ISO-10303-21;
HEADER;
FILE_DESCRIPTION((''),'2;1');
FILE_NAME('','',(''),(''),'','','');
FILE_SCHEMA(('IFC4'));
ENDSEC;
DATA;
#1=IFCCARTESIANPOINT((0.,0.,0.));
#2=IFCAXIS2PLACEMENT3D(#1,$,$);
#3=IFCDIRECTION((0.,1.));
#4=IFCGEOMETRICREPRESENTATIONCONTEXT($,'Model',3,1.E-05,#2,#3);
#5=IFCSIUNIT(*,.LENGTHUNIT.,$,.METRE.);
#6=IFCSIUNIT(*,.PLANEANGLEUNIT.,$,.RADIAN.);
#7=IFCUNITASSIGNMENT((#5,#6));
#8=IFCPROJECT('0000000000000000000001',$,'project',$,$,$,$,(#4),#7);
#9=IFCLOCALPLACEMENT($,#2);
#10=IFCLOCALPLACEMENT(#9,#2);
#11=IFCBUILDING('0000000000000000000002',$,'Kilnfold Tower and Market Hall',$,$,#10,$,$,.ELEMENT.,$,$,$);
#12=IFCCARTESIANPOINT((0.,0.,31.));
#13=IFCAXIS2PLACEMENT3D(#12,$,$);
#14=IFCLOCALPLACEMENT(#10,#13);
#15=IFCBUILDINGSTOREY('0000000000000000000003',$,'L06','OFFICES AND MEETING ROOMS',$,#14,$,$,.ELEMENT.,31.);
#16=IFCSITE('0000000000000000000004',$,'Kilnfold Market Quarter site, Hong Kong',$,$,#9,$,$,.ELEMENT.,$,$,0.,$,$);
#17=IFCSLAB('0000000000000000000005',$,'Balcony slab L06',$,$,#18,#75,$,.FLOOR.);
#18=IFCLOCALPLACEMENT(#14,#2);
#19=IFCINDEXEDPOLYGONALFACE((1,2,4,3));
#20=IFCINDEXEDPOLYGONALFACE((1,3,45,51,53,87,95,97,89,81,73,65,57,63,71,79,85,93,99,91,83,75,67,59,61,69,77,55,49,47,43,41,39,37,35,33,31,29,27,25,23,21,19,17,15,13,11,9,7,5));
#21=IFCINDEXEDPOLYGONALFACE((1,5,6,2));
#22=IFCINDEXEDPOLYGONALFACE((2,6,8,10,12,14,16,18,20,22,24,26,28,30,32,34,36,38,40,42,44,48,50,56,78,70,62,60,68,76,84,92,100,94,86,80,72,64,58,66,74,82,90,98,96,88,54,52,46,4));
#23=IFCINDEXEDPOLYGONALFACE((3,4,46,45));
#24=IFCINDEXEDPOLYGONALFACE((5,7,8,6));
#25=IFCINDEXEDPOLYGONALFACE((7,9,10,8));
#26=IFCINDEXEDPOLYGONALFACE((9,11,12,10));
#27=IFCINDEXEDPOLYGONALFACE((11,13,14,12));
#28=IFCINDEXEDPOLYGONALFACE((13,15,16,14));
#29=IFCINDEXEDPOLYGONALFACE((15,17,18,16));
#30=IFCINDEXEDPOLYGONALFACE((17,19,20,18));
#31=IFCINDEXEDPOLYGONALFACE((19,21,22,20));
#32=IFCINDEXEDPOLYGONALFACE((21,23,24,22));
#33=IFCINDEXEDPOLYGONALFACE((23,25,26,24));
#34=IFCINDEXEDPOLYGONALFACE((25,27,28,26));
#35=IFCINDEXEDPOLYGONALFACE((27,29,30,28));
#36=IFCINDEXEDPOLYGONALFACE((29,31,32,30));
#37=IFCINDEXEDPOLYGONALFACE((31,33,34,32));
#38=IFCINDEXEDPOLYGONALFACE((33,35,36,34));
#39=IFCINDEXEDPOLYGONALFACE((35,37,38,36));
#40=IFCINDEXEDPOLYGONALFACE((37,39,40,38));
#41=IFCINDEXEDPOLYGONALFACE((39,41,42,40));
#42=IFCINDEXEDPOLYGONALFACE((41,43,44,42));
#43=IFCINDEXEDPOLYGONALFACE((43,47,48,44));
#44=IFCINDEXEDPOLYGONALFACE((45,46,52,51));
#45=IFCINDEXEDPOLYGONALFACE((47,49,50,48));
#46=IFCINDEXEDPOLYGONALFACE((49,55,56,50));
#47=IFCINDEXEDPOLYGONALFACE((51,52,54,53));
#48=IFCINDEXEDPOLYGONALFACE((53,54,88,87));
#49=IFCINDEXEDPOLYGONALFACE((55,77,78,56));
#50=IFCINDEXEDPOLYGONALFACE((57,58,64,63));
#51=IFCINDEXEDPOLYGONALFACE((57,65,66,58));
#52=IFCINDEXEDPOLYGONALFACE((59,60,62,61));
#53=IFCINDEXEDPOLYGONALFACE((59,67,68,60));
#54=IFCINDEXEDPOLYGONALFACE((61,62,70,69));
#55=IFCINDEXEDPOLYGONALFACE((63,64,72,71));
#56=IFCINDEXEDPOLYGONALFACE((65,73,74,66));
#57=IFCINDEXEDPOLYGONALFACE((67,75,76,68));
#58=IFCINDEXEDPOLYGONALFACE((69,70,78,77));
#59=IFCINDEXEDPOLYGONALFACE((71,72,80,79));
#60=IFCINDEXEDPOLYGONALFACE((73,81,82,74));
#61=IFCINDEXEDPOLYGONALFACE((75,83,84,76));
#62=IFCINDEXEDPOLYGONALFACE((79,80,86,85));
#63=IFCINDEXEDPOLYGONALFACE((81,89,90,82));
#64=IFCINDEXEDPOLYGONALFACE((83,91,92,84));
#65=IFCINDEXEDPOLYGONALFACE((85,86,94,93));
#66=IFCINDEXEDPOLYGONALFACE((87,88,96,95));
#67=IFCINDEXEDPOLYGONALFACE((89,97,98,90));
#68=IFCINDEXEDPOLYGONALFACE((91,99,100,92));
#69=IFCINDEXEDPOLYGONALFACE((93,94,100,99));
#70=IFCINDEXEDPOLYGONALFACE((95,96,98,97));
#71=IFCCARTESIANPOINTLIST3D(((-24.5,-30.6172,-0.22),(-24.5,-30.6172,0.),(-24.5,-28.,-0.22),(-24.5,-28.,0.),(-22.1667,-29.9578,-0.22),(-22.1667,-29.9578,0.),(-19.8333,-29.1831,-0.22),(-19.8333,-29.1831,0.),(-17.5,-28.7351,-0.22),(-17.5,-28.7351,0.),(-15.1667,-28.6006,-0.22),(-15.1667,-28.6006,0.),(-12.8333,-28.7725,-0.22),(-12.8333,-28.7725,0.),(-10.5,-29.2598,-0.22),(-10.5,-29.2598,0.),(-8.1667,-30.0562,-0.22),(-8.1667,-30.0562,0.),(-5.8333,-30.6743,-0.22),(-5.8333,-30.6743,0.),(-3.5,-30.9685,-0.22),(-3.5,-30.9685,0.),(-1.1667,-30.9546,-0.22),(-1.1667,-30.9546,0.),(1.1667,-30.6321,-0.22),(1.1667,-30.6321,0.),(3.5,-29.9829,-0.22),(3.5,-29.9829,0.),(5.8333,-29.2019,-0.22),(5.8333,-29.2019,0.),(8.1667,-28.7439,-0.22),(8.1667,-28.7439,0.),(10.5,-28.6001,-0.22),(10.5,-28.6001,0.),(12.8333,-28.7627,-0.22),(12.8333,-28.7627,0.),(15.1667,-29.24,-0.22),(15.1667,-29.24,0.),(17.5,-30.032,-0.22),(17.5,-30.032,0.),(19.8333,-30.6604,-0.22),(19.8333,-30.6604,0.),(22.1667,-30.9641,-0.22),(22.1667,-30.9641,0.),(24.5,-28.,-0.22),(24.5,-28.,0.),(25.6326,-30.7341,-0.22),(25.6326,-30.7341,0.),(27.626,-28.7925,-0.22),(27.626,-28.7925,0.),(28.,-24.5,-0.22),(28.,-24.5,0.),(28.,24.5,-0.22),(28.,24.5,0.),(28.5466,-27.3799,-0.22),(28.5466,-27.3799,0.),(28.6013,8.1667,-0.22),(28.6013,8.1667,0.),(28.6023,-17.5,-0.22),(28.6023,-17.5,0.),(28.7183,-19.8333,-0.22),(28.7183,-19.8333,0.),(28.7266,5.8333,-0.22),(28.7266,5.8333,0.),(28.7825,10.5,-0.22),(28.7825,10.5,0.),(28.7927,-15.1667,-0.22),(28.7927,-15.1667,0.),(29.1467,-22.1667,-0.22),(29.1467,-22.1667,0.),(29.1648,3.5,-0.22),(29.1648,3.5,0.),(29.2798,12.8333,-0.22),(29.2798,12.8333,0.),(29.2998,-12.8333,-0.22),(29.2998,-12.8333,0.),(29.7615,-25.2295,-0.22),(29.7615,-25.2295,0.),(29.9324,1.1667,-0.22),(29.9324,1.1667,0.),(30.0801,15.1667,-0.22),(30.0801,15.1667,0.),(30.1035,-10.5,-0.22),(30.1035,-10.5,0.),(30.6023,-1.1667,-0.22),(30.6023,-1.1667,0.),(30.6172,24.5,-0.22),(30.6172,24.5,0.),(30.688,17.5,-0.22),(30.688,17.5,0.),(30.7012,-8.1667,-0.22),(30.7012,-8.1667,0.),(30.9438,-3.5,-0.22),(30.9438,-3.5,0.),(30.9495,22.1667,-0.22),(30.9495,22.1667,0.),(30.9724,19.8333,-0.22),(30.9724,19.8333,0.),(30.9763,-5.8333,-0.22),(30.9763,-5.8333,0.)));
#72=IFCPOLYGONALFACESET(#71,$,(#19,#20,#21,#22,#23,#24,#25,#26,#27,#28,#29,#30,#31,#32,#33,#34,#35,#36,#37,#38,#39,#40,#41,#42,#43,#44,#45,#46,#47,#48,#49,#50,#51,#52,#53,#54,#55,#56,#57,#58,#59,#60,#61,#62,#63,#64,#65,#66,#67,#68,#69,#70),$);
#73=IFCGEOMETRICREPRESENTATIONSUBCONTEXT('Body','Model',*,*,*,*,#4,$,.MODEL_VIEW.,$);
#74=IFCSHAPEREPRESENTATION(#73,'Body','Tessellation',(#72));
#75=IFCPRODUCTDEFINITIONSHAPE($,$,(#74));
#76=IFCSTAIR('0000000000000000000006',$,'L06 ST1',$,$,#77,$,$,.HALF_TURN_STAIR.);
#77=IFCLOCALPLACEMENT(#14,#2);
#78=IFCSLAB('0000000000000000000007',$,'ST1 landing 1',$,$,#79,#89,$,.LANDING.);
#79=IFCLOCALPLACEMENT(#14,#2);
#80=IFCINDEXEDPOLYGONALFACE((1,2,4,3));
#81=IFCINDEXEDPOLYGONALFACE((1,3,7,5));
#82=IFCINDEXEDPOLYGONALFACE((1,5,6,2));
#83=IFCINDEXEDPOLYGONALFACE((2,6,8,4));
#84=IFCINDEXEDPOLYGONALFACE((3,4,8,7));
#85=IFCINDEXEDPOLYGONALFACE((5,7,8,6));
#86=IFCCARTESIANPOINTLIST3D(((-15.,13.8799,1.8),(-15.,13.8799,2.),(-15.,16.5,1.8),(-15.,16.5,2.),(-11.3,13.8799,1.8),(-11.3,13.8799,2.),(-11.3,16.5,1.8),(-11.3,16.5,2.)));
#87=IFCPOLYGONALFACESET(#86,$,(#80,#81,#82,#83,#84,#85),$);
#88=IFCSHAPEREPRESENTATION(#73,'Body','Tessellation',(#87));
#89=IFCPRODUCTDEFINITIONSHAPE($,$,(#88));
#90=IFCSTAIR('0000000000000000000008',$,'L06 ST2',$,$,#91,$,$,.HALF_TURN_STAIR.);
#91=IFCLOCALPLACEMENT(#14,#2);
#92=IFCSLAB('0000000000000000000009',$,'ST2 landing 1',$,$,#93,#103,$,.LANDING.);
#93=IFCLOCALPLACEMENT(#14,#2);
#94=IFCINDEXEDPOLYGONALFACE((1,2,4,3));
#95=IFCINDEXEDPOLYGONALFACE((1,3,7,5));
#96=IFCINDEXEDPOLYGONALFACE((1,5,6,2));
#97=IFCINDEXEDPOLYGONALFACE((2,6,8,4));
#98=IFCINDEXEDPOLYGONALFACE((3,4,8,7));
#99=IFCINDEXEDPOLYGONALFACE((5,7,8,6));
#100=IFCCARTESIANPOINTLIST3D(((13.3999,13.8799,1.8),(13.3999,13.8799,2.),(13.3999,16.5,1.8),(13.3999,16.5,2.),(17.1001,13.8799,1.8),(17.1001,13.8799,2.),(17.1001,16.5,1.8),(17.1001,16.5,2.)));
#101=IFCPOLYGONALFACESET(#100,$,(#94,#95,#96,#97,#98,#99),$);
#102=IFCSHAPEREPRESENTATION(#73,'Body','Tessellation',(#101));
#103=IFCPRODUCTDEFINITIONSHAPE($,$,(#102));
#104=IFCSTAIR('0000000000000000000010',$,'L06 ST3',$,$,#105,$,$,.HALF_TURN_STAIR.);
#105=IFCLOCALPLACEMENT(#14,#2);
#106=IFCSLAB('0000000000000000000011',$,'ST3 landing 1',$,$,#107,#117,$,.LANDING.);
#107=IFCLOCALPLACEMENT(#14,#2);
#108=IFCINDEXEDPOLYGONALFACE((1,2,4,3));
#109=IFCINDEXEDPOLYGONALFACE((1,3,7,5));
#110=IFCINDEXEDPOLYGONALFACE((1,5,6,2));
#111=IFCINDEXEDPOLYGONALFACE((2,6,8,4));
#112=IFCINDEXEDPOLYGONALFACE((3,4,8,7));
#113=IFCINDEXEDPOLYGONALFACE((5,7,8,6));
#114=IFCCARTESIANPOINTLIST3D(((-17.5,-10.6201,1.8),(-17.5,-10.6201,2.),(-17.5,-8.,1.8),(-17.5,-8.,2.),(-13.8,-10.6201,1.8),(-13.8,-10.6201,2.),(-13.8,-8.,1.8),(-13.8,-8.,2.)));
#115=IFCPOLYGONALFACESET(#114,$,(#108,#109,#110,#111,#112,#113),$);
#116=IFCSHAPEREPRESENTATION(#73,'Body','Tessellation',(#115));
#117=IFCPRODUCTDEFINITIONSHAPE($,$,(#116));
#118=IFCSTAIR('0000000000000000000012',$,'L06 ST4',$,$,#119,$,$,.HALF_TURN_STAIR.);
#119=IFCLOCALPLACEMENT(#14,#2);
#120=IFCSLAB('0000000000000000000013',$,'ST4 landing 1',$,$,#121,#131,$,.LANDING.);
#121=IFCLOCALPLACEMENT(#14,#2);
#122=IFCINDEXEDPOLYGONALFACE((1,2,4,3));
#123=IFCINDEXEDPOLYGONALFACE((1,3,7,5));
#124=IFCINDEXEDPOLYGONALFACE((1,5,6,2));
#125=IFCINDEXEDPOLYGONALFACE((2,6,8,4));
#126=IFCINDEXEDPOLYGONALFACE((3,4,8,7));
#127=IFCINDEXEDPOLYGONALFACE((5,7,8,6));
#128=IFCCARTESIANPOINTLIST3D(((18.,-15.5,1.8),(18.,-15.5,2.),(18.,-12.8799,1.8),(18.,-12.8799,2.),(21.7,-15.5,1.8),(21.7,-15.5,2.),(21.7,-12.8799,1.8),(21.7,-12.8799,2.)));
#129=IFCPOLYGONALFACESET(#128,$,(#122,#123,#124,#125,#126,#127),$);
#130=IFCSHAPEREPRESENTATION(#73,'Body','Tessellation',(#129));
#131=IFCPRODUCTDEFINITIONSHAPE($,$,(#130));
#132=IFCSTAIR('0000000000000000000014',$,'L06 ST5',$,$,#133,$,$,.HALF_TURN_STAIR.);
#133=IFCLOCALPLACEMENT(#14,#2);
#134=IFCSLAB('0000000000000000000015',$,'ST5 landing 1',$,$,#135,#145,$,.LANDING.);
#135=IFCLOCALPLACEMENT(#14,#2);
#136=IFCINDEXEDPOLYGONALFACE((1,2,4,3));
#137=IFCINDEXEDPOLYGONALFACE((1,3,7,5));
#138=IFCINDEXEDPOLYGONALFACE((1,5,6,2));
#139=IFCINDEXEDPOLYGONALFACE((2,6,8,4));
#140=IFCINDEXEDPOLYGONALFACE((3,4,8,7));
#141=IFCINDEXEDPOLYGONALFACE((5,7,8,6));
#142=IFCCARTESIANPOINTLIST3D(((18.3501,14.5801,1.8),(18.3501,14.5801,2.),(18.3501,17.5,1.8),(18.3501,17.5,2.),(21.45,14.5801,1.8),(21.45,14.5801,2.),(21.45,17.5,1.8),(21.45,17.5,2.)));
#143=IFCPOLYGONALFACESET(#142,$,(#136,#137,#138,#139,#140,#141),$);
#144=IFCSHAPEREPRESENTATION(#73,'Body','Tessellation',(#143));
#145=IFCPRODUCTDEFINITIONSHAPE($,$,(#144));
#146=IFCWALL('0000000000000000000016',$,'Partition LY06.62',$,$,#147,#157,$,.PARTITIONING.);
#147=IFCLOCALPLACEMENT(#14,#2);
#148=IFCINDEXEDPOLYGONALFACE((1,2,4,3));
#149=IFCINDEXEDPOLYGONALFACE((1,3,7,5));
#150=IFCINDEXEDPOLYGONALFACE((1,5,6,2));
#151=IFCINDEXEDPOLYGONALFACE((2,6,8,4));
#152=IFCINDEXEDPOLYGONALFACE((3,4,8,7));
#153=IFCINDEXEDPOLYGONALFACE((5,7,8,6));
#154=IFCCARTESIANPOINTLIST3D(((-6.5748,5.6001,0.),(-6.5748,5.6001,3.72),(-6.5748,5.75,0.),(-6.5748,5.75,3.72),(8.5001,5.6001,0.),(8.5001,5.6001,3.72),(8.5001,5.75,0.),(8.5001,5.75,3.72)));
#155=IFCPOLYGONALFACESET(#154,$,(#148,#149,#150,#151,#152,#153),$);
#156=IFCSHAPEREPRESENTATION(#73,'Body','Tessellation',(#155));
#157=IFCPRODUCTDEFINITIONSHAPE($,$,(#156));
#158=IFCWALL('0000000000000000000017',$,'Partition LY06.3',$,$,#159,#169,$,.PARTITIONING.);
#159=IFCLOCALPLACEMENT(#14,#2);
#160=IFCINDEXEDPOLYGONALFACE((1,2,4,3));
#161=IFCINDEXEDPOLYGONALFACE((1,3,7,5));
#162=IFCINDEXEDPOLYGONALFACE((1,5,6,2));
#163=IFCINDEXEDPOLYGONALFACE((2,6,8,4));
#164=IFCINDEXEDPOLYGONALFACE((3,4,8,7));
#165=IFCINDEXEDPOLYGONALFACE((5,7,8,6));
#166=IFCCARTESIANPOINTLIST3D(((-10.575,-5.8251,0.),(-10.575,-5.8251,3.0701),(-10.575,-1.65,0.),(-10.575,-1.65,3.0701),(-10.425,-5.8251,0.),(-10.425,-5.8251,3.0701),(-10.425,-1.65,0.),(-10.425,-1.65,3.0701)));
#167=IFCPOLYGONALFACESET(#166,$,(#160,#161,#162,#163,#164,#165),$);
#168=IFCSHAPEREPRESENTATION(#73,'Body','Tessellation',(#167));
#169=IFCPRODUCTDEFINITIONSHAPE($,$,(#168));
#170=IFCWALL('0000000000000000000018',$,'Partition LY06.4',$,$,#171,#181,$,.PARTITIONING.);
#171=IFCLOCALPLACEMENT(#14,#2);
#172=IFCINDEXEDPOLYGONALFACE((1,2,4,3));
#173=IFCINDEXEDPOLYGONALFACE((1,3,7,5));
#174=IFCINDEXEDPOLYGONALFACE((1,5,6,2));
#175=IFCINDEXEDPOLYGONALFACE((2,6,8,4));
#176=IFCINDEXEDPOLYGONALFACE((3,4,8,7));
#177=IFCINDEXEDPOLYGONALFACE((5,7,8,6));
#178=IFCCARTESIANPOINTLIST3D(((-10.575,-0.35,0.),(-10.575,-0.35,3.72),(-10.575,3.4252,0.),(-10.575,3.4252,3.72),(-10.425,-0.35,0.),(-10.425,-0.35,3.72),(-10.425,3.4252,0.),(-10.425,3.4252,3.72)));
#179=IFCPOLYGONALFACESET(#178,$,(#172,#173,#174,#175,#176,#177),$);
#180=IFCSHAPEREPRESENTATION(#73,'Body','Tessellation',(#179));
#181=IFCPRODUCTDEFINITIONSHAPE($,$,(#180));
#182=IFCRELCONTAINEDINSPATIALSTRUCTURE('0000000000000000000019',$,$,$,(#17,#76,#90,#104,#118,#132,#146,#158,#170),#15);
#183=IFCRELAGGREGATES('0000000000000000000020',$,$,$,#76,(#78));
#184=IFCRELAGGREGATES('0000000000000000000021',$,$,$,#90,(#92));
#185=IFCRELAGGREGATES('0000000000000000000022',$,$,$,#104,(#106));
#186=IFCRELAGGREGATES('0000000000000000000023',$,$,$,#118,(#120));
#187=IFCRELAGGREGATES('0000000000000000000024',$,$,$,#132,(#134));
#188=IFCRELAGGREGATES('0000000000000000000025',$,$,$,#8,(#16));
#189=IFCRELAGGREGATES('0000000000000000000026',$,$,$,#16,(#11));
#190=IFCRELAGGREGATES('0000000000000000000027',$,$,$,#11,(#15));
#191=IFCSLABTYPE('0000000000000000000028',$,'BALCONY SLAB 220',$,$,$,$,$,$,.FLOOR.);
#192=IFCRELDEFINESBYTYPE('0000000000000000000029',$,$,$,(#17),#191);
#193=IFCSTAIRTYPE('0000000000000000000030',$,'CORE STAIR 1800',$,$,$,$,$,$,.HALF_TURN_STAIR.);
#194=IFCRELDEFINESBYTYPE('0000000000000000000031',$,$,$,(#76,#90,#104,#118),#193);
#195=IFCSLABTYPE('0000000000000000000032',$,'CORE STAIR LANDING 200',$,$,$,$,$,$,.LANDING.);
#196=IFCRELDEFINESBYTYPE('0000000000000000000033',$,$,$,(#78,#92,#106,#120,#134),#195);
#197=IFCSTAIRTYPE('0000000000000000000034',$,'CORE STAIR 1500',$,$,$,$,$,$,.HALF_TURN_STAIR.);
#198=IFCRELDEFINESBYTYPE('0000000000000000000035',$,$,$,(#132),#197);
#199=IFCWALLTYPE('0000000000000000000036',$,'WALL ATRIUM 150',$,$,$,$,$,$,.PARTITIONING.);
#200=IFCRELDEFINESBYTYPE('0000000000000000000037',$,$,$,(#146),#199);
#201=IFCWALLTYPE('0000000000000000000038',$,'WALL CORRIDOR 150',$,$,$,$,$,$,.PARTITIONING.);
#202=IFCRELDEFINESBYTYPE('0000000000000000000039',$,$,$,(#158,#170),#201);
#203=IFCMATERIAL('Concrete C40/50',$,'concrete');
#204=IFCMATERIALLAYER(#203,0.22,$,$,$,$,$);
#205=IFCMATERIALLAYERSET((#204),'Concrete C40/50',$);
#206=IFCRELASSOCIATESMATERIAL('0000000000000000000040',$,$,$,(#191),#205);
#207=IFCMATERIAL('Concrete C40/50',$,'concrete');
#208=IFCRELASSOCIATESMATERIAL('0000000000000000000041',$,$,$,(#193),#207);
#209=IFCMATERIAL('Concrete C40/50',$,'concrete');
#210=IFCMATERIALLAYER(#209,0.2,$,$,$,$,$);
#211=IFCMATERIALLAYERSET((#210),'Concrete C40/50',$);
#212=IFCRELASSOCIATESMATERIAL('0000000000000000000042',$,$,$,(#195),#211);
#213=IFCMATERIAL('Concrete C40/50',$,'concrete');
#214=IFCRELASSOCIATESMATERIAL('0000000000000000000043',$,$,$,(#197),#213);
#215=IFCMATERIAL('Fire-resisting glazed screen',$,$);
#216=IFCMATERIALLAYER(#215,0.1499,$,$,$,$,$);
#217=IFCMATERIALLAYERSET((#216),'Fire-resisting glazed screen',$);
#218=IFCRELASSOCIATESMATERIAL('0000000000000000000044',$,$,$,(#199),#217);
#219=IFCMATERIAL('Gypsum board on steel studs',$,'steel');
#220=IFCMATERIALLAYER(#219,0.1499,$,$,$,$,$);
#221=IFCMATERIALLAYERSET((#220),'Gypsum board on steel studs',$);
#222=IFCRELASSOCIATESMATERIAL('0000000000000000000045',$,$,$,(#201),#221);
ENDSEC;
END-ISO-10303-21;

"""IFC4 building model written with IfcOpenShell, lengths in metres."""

from ifc_helpers import new_model, si_unit, direction, frame, frame_2d, origin, place, context, subcontext, project, spatial, polyline, rectangle, outline, extrude, source, transform, mapped, material, layer, layer_set, type_object, element, aggregate, save


model = new_model("IFC4")

# Units and contexts
model_context = context("Model", 3, precision=1e-05, world=origin(), true_north=direction((0.0, 1.0)))
body_context = subcontext(model_context, "Body", "Model", "MODEL_VIEW")
ifc_project = project(units=[si_unit("LENGTHUNIT", "METRE"), si_unit("PLANEANGLEUNIT", "RADIAN")], contexts=[model_context])

# Site, building, storey
site_placement = place(None, origin())
site = spatial("IfcSite", under=ifc_project, at=site_placement, Name="Kilnfold Market Quarter site, Hong Kong", CompositionType="ELEMENT", RefElevation=0.0)
building_placement = place(site_placement, origin())
building = spatial("IfcBuilding", under=site, at=building_placement, Name="Kilnfold Tower and Market Hall", CompositionType="ELEMENT")
storey_placement = place(building_placement, frame((0.0, 0.0, 31.0)))
storey = spatial("IfcBuildingStorey", under=building, at=storey_placement, Name="L06", Description="OFFICES AND MEETING ROOMS", CompositionType="ELEMENT", Elevation=31.0)

# Slab
ifc_material_1 = material(Name="Concrete C40/50", Category="concrete")
ifc_layer_1 = layer(ifc_material_1, 0.22)
ifc_layer_set_1 = layer_set([ifc_layer_1], Name="Concrete C40/50")
slab_type_1 = type_object("IfcSlabType", Name="BALCONY SLAB 220", PredefinedType="FLOOR", material=ifc_layer_set_1)
shared_shape_1 = source(origin(), body_context, "Body", "SweptSolid", [
    extrude(outline(polyline([(-24.5, -28.0), (24.5, -28.0), (28.0, -24.5), (28.0, 24.5), (30.6172, 24.5), (30.9495, 22.1667), (30.9724, 19.8333), (30.688, 17.5), (30.0801, 15.1667), (29.2798, 12.8333), (28.7825, 10.5), (28.6013, 8.1667), (28.7266, 5.8333), (29.1648, 3.5), (29.9324, 1.1667), (30.6023, -1.1667), (30.9438, -3.5), (30.9763, -5.8333), (30.7012, -8.1667), (30.1035, -10.5), (29.2998, -12.8333), (28.7927, -15.1667), (28.6023, -17.5), (28.7183, -19.8333), (29.1467, -22.1667), (29.7615, -25.2295), (28.5466, -27.3799), (27.626, -28.7925), (25.6326, -30.7341), (22.1667, -30.9641), (19.8333, -30.6604), (17.5, -30.032), (15.1667, -29.24), (12.8333, -28.7627), (10.5, -28.6001), (8.1667, -28.7439), (5.8333, -29.2019), (3.5, -29.9829), (1.1667, -30.6321), (-1.1667, -30.9546), (-3.5, -30.9685), (-5.8333, -30.6743), (-8.1667, -30.0562), (-10.5, -29.2598), (-12.8333, -28.7725), (-15.1667, -28.6006), (-17.5, -28.7351), (-19.8333, -29.1831), (-22.1667, -29.9578), (-24.5, -30.6172), (-24.5, -28.0)])), origin(), (0.0, 0.0, 1.0), 0.22),
])
slab_1_placement = place(storey_placement, frame((0.0, 0.0, -0.22)))
element("IfcSlab", 1, at=slab_1_placement, inside=storey, type_object=slab_type_1, Name="Balcony slab L06", PredefinedType="FLOOR", context=body_context, shape_type="MappedRepresentation", body=[
    mapped(shared_shape_1, transform((0.0, 0.0, 0.0))),
])

# Stairs, slabs
ifc_material_2 = material(Name="Concrete C40/50", Category="concrete")
stair_type_1 = type_object("IfcStairType", Name="CORE STAIR 1800", PredefinedType="HALF_TURN_STAIR", material=ifc_material_2)
stair_1_placement = place(storey_placement, origin())
stair_1 = element("IfcStair", 2, at=stair_1_placement, inside=storey, type_object=stair_type_1, Name="L06 ST1", PredefinedType="HALF_TURN_STAIR")
ifc_material_3 = material(Name="Concrete C40/50", Category="concrete")
ifc_layer_2 = layer(ifc_material_3, 0.2)
ifc_layer_set_2 = layer_set([ifc_layer_2], Name="Concrete C40/50")
slab_type_2 = type_object("IfcSlabType", Name="CORE STAIR LANDING 200", PredefinedType="LANDING", material=ifc_layer_set_2)
shared_shape_2 = source(origin(), body_context, "Body", "SweptSolid", [
    extrude(outline(polyline([(-11.3, 13.8799), (-11.3, 16.5), (-15.0, 16.5), (-15.0, 13.8799), (-11.3, 13.8799)])), origin(), (0.0, 0.0, 1.0), 0.2),
])
slab_2_placement = place(storey_placement, frame((0.0, 0.0, 1.8)))
slab_2 = element("IfcSlab", 3, at=slab_2_placement, type_object=slab_type_2, Name="ST1 landing 1", PredefinedType="LANDING", context=body_context, shape_type="MappedRepresentation", body=[
    mapped(shared_shape_2, transform((0.0, 0.0, 0.0))),
])
aggregate(stair_1, [slab_2])
stair_2_placement = place(storey_placement, origin())
stair_2 = element("IfcStair", 4, at=stair_2_placement, inside=storey, type_object=stair_type_1, Name="L06 ST2", PredefinedType="HALF_TURN_STAIR")
shared_shape_3 = source(origin(), body_context, "Body", "SweptSolid", [
    extrude(outline(polyline([(17.1001, 13.8799), (17.1001, 16.5), (13.3999, 16.5), (13.3999, 13.8799), (17.1001, 13.8799)])), origin(), (0.0, 0.0, 1.0), 0.2),
])
slab_3_placement = place(storey_placement, frame((0.0, 0.0, 1.8)))
slab_3 = element("IfcSlab", 5, at=slab_3_placement, type_object=slab_type_2, Name="ST2 landing 1", PredefinedType="LANDING", context=body_context, shape_type="MappedRepresentation", body=[
    mapped(shared_shape_3, transform((0.0, 0.0, 0.0))),
])
aggregate(stair_2, [slab_3])
stair_3_placement = place(storey_placement, origin())
stair_3 = element("IfcStair", 6, at=stair_3_placement, inside=storey, type_object=stair_type_1, Name="L06 ST3", PredefinedType="HALF_TURN_STAIR")
shared_shape_4 = source(origin(), body_context, "Body", "SweptSolid", [
    extrude(outline(polyline([(-13.8, -10.6201), (-13.8, -8.0), (-17.5, -8.0), (-17.5, -10.6201), (-13.8, -10.6201)])), origin(), (0.0, 0.0, 1.0), 0.2),
])
slab_4_placement = place(storey_placement, frame((0.0, 0.0, 1.8)))
slab_4 = element("IfcSlab", 7, at=slab_4_placement, type_object=slab_type_2, Name="ST3 landing 1", PredefinedType="LANDING", context=body_context, shape_type="MappedRepresentation", body=[
    mapped(shared_shape_4, transform((0.0, 0.0, 0.0))),
])
aggregate(stair_3, [slab_4])
stair_4_placement = place(storey_placement, origin())
stair_4 = element("IfcStair", 8, at=stair_4_placement, inside=storey, type_object=stair_type_1, Name="L06 ST4", PredefinedType="HALF_TURN_STAIR")
shared_shape_5 = source(origin(), body_context, "Body", "SweptSolid", [
    extrude(outline(polyline([(18.0, -12.8799), (18.0, -15.5), (21.7, -15.5), (21.7, -12.8799), (18.0, -12.8799)])), origin(), (0.0, 0.0, 1.0), 0.2),
])
slab_5_placement = place(storey_placement, frame((0.0, 0.0, 1.8)))
slab_5 = element("IfcSlab", 9, at=slab_5_placement, type_object=slab_type_2, Name="ST4 landing 1", PredefinedType="LANDING", context=body_context, shape_type="MappedRepresentation", body=[
    mapped(shared_shape_5, transform((0.0, 0.0, 0.0))),
])
aggregate(stair_4, [slab_5])
ifc_material_4 = material(Name="Concrete C40/50", Category="concrete")
stair_type_2 = type_object("IfcStairType", Name="CORE STAIR 1500", PredefinedType="HALF_TURN_STAIR", material=ifc_material_4)
stair_5_placement = place(storey_placement, origin())
stair_5 = element("IfcStair", 10, at=stair_5_placement, inside=storey, type_object=stair_type_2, Name="L06 ST5", PredefinedType="HALF_TURN_STAIR")
shared_shape_6 = source(origin(), body_context, "Body", "SweptSolid", [
    extrude(outline(polyline([(21.45, 14.5801), (21.45, 17.5), (18.3501, 17.5), (18.3501, 14.5801), (21.45, 14.5801)])), origin(), (0.0, 0.0, 1.0), 0.2),
])
slab_6_placement = place(storey_placement, frame((0.0, 0.0, 1.8)))
slab_6 = element("IfcSlab", 11, at=slab_6_placement, type_object=slab_type_2, Name="ST5 landing 1", PredefinedType="LANDING", context=body_context, shape_type="MappedRepresentation", body=[
    mapped(shared_shape_6, transform((0.0, 0.0, 0.0))),
])
aggregate(stair_5, [slab_6])

# Walls
ifc_material_5 = material(Name="Fire-resisting glazed screen")
ifc_layer_3 = layer(ifc_material_5, 0.1499)
ifc_layer_set_3 = layer_set([ifc_layer_3], Name="Fire-resisting glazed screen")
wall_type_1 = type_object("IfcWallType", Name="WALL ATRIUM 150", PredefinedType="PARTITIONING", material=ifc_layer_set_3)
wall_1_placement = place(storey_placement, frame((-6.575, 5.675, 0.0), z_axis=(0.0, 0.0, 1.0), x_axis=(1.0, 0.0, 0.0)))
element("IfcWall", 12, at=wall_1_placement, inside=storey, type_object=wall_type_1, Name="Partition LY06.62", PredefinedType="PARTITIONING", context=body_context, shape_type="SweptSolid", body=[
    extrude(rectangle(XDim=15.075, YDim=0.1499, at=frame_2d((7.5376, 0.0))), origin(), (0.0, 0.0, 1.0), 3.72),
])
ifc_material_6 = material(Name="Gypsum board on steel studs", Category="steel")
ifc_layer_4 = layer(ifc_material_6, 0.1499)
ifc_layer_set_4 = layer_set([ifc_layer_4], Name="Gypsum board on steel studs")
wall_type_2 = type_object("IfcWallType", Name="WALL CORRIDOR 150", PredefinedType="PARTITIONING", material=ifc_layer_set_4)
wall_2_placement = place(storey_placement, frame((-10.5, -5.825, 0.0), z_axis=(0.0, 0.0, 1.0), x_axis=(0.0, 1.0, 0.0)))
element("IfcWall", 13, at=wall_2_placement, inside=storey, type_object=wall_type_2, Name="Partition LY06.3", PredefinedType="PARTITIONING", context=body_context, shape_type="SweptSolid", body=[
    extrude(rectangle(XDim=4.175, YDim=0.1499, at=frame_2d((2.0874, 0.0))), origin(), (0.0, 0.0, 1.0), 3.0701),
])
wall_3_placement = place(storey_placement, frame((-10.5, -0.3501, 0.0), z_axis=(0.0, 0.0, 1.0), x_axis=(0.0, 1.0, 0.0)))
element("IfcWall", 14, at=wall_3_placement, inside=storey, type_object=wall_type_2, Name="Partition LY06.4", PredefinedType="PARTITIONING", context=body_context, shape_type="SweptSolid", body=[
    extrude(rectangle(XDim=3.7751, YDim=0.1499, at=frame_2d((1.8877, 0.0))), origin(), (0.0, 0.0, 1.0), 3.72),
])

save(model, "model.ifc")
